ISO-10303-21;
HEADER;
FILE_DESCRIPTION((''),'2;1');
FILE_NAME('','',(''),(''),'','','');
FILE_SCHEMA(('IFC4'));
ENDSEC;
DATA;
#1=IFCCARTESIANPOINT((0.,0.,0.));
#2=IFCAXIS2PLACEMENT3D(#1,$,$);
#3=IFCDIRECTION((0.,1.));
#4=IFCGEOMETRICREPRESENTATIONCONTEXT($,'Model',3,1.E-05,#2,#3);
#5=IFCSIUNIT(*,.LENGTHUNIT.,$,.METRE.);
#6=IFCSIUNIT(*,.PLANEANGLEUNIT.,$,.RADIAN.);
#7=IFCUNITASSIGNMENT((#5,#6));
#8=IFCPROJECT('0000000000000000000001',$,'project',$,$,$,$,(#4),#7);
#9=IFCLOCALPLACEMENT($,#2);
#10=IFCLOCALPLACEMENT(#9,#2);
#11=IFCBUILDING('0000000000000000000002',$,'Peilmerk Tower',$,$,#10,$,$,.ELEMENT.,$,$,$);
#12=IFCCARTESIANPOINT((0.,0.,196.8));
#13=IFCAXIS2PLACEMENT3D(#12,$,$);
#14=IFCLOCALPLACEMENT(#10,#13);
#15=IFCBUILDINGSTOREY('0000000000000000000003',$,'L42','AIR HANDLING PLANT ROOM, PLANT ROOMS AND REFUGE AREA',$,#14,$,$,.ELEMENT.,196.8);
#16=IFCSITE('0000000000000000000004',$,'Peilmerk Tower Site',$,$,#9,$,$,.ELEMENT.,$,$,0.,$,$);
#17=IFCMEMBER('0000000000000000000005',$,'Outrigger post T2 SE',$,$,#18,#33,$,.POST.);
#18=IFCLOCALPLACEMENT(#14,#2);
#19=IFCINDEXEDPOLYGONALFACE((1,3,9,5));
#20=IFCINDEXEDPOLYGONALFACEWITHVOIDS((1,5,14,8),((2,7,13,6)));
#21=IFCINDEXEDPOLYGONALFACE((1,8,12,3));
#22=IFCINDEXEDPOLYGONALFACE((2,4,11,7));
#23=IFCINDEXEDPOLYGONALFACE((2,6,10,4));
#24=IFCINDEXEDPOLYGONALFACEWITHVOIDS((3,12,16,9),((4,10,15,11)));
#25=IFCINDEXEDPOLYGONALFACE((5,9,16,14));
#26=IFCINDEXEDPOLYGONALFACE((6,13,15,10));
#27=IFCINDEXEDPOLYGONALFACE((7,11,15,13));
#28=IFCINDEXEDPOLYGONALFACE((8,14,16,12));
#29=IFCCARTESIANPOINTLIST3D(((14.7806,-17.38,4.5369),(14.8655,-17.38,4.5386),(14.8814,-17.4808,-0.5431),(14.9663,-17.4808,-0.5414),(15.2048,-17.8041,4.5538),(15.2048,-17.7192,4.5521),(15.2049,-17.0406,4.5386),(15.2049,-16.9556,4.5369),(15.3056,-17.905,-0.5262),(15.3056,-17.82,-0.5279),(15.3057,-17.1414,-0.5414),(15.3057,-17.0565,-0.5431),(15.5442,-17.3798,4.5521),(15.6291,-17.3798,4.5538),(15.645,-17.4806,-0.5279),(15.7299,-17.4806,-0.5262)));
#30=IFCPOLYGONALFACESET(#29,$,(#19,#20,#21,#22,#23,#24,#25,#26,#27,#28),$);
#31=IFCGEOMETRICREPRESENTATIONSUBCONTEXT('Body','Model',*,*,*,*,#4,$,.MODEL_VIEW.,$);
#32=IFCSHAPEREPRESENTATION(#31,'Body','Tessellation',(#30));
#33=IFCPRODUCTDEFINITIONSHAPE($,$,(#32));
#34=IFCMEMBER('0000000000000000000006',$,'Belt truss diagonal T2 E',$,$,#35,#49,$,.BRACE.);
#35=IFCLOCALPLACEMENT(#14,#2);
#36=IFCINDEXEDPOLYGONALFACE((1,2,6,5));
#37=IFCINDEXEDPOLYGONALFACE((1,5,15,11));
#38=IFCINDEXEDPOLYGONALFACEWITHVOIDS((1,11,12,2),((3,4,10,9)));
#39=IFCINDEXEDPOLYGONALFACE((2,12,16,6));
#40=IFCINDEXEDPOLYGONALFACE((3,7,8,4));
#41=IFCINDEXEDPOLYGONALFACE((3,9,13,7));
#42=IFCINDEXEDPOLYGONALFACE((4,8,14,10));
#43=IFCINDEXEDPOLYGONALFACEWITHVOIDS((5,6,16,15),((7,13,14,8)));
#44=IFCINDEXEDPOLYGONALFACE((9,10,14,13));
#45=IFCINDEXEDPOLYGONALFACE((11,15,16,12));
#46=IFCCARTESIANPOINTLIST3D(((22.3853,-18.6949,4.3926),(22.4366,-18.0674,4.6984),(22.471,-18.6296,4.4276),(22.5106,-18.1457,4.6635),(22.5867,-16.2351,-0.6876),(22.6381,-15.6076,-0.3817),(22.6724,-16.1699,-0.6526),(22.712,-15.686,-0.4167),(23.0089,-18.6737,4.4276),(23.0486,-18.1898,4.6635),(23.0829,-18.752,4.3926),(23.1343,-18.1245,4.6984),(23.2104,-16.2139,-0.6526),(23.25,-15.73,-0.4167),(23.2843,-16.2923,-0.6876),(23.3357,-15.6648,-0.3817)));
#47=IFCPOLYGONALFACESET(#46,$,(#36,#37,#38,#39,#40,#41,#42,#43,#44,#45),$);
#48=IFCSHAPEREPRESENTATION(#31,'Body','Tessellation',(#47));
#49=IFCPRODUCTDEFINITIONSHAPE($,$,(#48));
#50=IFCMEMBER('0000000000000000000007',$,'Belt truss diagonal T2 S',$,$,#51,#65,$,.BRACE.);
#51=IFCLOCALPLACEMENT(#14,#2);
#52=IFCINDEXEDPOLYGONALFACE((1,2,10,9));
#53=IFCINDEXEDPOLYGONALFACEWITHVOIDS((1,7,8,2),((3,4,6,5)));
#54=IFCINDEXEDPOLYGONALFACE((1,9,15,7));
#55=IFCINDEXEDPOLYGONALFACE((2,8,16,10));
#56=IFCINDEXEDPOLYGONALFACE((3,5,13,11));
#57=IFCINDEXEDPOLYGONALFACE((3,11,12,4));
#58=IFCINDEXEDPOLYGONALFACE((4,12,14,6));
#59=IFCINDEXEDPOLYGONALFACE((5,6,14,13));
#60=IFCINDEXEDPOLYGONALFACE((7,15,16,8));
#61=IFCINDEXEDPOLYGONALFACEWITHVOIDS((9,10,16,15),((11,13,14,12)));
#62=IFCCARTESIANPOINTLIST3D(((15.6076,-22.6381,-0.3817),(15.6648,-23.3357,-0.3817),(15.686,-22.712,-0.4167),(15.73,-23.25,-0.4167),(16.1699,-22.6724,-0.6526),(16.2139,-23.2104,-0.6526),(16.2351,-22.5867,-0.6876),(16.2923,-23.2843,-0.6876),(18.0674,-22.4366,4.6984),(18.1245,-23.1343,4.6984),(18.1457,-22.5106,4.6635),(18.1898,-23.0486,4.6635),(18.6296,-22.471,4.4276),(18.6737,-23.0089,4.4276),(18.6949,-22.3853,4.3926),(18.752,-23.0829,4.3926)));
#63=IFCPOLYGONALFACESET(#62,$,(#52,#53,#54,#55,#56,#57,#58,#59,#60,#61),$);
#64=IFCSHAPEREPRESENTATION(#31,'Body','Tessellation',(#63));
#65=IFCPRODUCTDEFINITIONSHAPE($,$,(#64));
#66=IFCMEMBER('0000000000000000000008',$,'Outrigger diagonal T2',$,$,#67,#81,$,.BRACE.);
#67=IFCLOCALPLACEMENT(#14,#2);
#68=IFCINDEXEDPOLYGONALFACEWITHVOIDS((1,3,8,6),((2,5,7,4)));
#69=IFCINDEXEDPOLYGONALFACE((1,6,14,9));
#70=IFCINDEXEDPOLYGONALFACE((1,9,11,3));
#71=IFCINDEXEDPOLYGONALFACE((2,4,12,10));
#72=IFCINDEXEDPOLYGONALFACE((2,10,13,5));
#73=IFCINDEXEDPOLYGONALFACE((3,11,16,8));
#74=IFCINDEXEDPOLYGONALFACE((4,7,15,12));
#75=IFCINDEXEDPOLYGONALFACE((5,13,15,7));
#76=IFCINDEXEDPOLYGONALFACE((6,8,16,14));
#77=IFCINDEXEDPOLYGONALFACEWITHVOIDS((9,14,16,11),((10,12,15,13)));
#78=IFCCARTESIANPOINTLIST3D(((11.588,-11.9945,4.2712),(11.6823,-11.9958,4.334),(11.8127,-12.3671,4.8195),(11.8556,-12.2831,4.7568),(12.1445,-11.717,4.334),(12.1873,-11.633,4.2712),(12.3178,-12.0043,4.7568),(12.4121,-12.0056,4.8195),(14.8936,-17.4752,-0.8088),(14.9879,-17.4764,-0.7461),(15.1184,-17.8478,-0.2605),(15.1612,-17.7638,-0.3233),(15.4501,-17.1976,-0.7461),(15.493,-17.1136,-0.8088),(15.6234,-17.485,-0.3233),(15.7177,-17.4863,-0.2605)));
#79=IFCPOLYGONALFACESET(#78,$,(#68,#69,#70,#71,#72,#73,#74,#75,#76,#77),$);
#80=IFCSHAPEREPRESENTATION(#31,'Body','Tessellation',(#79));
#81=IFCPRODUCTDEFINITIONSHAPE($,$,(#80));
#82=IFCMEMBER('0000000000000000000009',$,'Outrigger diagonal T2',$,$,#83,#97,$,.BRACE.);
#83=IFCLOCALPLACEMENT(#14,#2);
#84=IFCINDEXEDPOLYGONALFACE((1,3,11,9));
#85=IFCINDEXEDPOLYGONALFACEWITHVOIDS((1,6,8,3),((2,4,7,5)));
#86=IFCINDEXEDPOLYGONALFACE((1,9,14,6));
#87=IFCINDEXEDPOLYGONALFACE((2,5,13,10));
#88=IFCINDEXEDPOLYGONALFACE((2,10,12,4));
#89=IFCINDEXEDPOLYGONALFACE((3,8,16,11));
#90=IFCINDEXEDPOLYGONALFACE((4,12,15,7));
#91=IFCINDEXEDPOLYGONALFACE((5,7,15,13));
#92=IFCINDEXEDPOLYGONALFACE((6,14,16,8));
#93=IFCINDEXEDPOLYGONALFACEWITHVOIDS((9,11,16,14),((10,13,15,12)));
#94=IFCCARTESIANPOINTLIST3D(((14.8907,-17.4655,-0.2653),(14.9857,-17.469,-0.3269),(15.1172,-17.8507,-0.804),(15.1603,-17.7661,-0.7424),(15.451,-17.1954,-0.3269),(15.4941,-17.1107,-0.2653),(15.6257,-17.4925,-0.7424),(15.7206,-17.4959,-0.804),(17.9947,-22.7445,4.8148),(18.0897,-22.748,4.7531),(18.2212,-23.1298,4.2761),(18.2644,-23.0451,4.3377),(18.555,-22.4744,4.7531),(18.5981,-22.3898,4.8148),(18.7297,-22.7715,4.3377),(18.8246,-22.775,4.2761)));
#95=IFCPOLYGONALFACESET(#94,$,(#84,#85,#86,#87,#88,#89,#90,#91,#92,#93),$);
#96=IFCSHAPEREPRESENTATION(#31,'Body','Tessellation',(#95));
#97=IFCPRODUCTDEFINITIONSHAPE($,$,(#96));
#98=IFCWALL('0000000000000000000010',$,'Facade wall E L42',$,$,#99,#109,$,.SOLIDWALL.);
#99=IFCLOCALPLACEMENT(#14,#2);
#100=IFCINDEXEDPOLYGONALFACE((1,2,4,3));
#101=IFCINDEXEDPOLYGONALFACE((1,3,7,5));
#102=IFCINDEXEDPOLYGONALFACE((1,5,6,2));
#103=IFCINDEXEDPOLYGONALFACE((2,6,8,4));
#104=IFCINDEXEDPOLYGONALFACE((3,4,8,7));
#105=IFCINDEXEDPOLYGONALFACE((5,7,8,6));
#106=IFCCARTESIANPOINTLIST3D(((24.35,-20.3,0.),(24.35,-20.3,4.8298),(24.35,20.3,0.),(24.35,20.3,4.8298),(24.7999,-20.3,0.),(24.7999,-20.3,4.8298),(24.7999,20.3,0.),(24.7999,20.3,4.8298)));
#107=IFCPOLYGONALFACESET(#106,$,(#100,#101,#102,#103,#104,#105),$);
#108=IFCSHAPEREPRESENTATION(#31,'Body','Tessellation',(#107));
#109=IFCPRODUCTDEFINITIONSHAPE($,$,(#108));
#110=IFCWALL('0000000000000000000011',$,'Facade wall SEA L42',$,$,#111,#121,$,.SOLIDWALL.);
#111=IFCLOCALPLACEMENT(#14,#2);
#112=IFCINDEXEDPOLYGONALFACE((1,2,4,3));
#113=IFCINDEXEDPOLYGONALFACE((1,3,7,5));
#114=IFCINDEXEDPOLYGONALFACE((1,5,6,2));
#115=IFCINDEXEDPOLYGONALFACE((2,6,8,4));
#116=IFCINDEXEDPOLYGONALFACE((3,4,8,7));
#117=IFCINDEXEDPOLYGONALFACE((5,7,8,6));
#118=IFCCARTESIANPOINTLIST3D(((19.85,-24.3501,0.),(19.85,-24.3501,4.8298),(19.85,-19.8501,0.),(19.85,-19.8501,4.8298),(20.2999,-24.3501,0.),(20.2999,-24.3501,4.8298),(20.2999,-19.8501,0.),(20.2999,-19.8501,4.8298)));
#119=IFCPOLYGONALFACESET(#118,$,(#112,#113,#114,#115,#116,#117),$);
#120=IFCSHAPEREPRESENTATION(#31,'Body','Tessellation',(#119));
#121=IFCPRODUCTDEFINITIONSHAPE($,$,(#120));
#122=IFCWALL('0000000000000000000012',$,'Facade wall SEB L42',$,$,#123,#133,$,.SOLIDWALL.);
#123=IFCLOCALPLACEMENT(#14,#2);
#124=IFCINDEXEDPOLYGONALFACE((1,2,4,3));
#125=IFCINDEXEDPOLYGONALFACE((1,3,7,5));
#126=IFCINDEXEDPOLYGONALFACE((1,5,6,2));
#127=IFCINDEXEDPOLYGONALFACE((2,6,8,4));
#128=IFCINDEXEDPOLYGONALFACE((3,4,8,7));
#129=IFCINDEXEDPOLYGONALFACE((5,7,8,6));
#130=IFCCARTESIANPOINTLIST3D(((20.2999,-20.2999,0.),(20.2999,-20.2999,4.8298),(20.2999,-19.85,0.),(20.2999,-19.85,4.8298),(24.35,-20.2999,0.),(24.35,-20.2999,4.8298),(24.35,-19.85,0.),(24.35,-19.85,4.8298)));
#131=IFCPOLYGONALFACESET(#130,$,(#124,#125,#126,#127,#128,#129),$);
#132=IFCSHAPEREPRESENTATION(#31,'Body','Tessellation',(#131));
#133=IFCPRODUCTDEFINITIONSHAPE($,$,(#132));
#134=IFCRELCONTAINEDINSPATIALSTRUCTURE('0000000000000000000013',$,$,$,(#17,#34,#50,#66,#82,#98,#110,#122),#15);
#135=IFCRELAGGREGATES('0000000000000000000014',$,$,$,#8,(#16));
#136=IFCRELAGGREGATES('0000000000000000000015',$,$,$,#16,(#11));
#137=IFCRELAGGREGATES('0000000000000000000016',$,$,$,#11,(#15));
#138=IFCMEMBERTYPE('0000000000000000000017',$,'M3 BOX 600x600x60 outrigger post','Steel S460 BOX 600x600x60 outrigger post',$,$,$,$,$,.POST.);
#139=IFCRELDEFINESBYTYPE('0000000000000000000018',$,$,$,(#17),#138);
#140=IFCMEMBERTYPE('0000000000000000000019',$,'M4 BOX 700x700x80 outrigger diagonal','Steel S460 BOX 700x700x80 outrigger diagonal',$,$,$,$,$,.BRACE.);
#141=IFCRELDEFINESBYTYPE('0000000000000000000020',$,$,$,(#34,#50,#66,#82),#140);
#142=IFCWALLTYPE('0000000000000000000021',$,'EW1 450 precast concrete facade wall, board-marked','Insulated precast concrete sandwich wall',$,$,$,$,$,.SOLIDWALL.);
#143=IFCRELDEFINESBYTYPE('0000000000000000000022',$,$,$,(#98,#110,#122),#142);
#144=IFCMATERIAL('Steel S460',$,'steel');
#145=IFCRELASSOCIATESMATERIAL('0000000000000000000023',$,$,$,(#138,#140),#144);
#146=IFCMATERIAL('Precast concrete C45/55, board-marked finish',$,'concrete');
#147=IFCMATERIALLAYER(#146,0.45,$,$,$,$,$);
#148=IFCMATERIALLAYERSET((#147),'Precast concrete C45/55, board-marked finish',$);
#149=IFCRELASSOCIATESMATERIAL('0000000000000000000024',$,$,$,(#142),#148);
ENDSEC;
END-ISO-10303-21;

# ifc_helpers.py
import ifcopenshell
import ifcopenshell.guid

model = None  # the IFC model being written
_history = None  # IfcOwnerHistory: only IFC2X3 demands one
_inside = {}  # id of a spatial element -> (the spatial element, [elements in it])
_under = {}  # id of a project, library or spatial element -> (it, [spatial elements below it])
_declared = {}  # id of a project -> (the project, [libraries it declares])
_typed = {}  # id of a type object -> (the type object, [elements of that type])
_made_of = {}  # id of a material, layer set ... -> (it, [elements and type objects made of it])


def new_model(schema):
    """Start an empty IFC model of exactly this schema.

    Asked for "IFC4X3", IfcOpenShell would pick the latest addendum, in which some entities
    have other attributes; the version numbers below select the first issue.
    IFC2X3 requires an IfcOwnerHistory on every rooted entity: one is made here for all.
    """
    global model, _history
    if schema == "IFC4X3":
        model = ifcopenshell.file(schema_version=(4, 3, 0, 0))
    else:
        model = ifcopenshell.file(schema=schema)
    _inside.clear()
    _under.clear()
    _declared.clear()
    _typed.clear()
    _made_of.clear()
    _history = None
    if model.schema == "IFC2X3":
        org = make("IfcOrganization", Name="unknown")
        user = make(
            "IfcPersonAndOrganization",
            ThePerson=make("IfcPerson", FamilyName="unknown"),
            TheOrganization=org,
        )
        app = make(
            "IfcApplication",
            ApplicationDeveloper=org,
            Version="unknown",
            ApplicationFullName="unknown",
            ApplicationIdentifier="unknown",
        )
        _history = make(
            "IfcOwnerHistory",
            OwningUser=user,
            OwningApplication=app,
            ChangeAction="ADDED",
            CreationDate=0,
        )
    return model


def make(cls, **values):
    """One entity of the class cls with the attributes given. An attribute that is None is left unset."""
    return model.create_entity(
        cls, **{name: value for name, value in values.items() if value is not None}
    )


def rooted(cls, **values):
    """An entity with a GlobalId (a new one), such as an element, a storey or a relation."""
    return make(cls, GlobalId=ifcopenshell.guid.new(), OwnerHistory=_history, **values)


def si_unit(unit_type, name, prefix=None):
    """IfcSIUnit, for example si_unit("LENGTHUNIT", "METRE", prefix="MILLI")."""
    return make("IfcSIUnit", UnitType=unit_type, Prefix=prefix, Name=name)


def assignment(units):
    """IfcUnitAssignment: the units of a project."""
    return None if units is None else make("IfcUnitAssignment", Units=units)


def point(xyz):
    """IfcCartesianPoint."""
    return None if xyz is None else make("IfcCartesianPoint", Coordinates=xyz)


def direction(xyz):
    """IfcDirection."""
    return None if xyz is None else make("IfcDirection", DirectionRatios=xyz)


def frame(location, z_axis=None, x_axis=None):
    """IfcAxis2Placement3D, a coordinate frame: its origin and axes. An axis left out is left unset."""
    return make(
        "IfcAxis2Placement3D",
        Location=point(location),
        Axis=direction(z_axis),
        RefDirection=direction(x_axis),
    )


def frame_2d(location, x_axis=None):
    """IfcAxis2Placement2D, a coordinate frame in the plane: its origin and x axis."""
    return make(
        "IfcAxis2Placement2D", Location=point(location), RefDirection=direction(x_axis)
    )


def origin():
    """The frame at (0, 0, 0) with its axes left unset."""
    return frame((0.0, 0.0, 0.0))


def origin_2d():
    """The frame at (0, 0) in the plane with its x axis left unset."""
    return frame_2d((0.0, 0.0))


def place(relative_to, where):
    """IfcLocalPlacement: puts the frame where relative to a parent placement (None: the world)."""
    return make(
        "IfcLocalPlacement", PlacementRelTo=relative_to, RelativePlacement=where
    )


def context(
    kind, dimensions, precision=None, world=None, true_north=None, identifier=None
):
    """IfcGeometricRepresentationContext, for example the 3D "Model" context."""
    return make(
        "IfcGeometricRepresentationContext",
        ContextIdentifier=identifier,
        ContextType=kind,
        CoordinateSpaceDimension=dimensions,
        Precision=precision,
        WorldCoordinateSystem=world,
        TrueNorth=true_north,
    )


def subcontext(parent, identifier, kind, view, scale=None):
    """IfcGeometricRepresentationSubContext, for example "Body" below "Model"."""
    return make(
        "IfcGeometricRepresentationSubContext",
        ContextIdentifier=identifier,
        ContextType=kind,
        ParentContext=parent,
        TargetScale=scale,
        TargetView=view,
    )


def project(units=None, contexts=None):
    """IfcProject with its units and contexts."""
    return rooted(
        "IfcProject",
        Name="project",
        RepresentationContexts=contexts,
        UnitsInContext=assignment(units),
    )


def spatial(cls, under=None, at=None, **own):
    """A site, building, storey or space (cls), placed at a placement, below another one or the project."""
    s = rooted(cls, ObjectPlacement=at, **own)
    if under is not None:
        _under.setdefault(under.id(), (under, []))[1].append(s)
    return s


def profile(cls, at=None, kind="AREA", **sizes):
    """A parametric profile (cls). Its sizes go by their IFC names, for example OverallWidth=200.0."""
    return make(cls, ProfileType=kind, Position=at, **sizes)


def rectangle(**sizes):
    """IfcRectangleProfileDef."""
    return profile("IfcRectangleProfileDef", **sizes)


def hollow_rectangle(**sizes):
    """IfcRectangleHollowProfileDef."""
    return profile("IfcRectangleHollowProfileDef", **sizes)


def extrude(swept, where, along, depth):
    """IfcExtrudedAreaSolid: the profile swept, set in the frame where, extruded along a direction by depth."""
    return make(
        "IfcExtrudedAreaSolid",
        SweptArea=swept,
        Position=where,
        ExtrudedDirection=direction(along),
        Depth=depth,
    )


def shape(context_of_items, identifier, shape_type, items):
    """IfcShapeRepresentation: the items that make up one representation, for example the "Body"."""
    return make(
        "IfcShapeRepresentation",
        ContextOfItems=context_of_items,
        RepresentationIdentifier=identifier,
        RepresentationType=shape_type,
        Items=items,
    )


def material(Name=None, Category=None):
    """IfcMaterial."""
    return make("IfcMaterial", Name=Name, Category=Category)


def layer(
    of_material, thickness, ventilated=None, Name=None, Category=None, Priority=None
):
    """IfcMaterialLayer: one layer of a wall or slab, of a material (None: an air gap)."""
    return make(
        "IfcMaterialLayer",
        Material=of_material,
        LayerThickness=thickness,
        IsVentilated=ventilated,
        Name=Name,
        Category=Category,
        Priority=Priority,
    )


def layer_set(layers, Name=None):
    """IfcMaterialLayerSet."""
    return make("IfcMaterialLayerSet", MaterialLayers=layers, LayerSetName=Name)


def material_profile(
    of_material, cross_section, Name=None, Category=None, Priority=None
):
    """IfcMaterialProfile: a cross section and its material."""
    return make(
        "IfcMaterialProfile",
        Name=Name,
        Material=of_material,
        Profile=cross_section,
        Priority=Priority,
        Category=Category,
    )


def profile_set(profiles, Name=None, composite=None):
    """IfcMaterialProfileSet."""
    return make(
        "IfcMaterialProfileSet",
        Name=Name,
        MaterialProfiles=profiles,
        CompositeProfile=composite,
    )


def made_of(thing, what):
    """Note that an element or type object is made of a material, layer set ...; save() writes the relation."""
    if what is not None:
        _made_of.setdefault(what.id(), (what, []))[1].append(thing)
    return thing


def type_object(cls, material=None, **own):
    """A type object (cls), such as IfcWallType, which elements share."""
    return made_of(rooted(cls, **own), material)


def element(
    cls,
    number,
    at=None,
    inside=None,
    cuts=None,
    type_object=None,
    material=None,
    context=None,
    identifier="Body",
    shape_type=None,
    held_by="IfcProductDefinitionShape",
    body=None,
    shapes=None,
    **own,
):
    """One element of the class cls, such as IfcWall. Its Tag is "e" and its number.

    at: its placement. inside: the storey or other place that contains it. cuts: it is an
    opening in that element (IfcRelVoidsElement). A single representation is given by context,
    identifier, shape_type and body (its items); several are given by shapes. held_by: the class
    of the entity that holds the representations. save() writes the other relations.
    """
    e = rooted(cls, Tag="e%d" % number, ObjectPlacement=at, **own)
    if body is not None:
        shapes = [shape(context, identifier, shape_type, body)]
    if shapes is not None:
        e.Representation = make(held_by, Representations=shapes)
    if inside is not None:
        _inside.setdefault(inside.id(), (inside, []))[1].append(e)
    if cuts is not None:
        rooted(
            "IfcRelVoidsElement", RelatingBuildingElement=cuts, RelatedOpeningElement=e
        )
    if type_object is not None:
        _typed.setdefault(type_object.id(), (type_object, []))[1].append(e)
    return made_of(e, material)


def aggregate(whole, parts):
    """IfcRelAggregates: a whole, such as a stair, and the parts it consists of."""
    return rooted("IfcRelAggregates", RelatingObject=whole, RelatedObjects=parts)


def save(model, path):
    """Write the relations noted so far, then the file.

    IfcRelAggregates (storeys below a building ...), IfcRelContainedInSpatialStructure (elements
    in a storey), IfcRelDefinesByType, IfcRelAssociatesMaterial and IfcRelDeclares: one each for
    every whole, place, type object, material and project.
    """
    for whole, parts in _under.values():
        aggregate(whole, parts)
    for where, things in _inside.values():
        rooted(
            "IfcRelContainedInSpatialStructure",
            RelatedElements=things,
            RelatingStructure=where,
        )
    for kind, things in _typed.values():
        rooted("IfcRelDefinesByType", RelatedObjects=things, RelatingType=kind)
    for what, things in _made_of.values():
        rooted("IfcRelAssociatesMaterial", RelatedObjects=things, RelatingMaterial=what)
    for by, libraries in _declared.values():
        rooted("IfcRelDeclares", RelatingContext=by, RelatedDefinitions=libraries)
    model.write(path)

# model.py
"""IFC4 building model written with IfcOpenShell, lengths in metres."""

from ifc_helpers import new_model, si_unit, direction, frame, frame_2d, origin, origin_2d, place, context, subcontext, project, spatial, rectangle, hollow_rectangle, extrude, material, layer, layer_set, material_profile, profile_set, type_object, element, save


model = new_model("IFC4")

# Units and contexts
model_context = context("Model", 3, precision=1e-05, world=origin(), true_north=direction((0.0, 1.0)))
body_context = subcontext(model_context, "Body", "Model", "MODEL_VIEW")
ifc_project = project(units=[si_unit("LENGTHUNIT", "METRE"), si_unit("PLANEANGLEUNIT", "RADIAN")], contexts=[model_context])

# Site, building, storey
site_placement = place(None, origin())
site = spatial("IfcSite", under=ifc_project, at=site_placement, Name="Peilmerk Tower Site", CompositionType="ELEMENT", RefElevation=0.0)
building_placement = place(site_placement, origin())
building = spatial("IfcBuilding", under=site, at=building_placement, Name="Peilmerk Tower", CompositionType="ELEMENT")
storey_placement = place(building_placement, frame((0.0, 0.0, 196.8)))
storey = spatial("IfcBuildingStorey", under=building, at=storey_placement, Name="L42", Description="AIR HANDLING PLANT ROOM, PLANT ROOMS AND REFUGE AREA", CompositionType="ELEMENT", Elevation=196.8)

# Shared definitions
ifc_material_1 = material(Name="Steel S460", Category="steel")

# Members
ifc_material_profile_1 = material_profile(ifc_material_1, hollow_rectangle(XDim=0.6001, YDim=0.6001, WallThickness=0.0601, at=origin_2d()), Name="BOX 600x600x60")
ifc_profile_set_1 = profile_set([ifc_material_profile_1], Name="Steel S460")
member_type_1 = type_object("IfcMemberType", Name="M3 BOX 600x600x60 outrigger post", Description="Steel S460 BOX 600x600x60 outrigger post", PredefinedType="POST", material=ifc_profile_set_1)
member_1_placement = place(storey_placement, frame((15.3057, -17.4807, -0.5347), z_axis=(-0.01984, 0.01984, 0.999606), x_axis=(-0.707107, -0.707107, 0.0)))
element("IfcMember", 1, at=member_1_placement, inside=storey, type_object=member_type_1, Name="Outrigger post T2 SE", PredefinedType="POST", context=body_context, shape_type="SweptSolid", body=[
    extrude(hollow_rectangle(XDim=0.6001, YDim=0.6001, WallThickness=0.0601, at=origin_2d()), origin(), (0.0, 0.0, 1.0), 5.082),
])
ifc_material_profile_2 = material_profile(ifc_material_1, hollow_rectangle(XDim=0.7, YDim=0.7, WallThickness=0.0801, at=origin_2d()), Name="BOX 700x700x80")
ifc_profile_set_2 = profile_set([ifc_material_profile_2], Name="Steel S460")
member_type_2 = type_object("IfcMemberType", Name="M4 BOX 700x700x80 outrigger diagonal", Description="Steel S460 BOX 700x700x80 outrigger diagonal", PredefinedType="BRACE", material=ifc_profile_set_2)
for number, where, z_axis, x_axis, name in (
    (2, (22.9612, -15.95, -0.5347), (-0.035663, -0.435515, 0.899475), (0.996664, -0.081613, 0.0), "Belt truss diagonal T2 E"),
    (3, (15.95, -22.9612, -0.5347), (0.435515, 0.035663, 0.899475), (-0.081613, 0.996664, 0.0), "Belt truss diagonal T2 S"),
):
    element("IfcMember", number, at=place(storey_placement, frame(where, z_axis=z_axis, x_axis=x_axis)), inside=storey, type_object=member_type_2, Name=name, PredefinedType="BRACE", context=body_context, shape_type="SweptSolid", body=[
        extrude(hollow_rectangle(XDim=0.7, YDim=0.7, WallThickness=0.0801, at=origin_2d()), origin(), (0.0, 0.0, 1.0), 5.6479),
    ])
member_2_placement = place(storey_placement, frame((15.3057, -17.4807, -0.5347), z_axis=(-0.404538, 0.670714, 0.621685), x_axis=(-0.856303, -0.516475, 0.0)))
element("IfcMember", 4, at=member_2_placement, inside=storey, type_object=member_type_2, Name="Outrigger diagonal T2", PredefinedType="BRACE", context=body_context, shape_type="SweptSolid", body=[
    extrude(hollow_rectangle(XDim=0.7, YDim=0.7, WallThickness=0.0801, at=origin_2d()), origin(), (0.0, 0.0, 1.0), 8.1714),
])
member_3_placement = place(storey_placement, frame((15.3057, -17.4807, -0.5347), z_axis=(0.390108, -0.663466, 0.638459), x_axis=(0.862028, 0.50686, 0.0)))
element("IfcMember", 5, at=member_3_placement, inside=storey, type_object=member_type_2, Name="Outrigger diagonal T2", PredefinedType="BRACE", context=body_context, shape_type="SweptSolid", body=[
    extrude(hollow_rectangle(XDim=0.7, YDim=0.7, WallThickness=0.0801, at=origin_2d()), origin(), (0.0, 0.0, 1.0), 7.9568),
])

# Walls
ifc_material_2 = material(Name="Precast concrete C45/55, board-marked finish", Category="concrete")
ifc_layer = layer(ifc_material_2, 0.45)
ifc_layer_set = layer_set([ifc_layer], Name="Precast concrete C45/55, board-marked finish")
wall_type = type_object("IfcWallType", Name="EW1 450 precast concrete facade wall, board-marked", Description="Insulated precast concrete sandwich wall", PredefinedType="SOLIDWALL", material=ifc_layer_set)
wall_1_placement = place(storey_placement, frame((24.575, -20.3, 0.0), z_axis=(0.0, 0.0, 1.0), x_axis=(0.0, 1.0, 0.0)))
element("IfcWall", 6, at=wall_1_placement, inside=storey, type_object=wall_type, Name="Facade wall E L42", PredefinedType="SOLIDWALL", context=body_context, shape_type="SweptSolid", body=[
    extrude(rectangle(XDim=40.6001, YDim=0.45, at=frame_2d((20.3, 0.0))), origin(), (0.0, 0.0, 1.0), 4.8298),
])
wall_2_placement = place(storey_placement, frame((20.075, -19.8501, 0.0), z_axis=(0.0, 0.0, 1.0), x_axis=(0.0, -1.0, 0.0)))
element("IfcWall", 7, at=wall_2_placement, inside=storey, type_object=wall_type, Name="Facade wall SEA L42", PredefinedType="SOLIDWALL", context=body_context, shape_type="SweptSolid", body=[
    extrude(rectangle(XDim=4.5, YDim=0.45, at=frame_2d((2.25, 0.0))), origin(), (0.0, 0.0, 1.0), 4.8298),
])
wall_3_placement = place(storey_placement, frame((20.3, -20.075, 0.0), z_axis=(0.0, 0.0, 1.0), x_axis=(1.0, 0.0, 0.0)))
element("IfcWall", 8, at=wall_3_placement, inside=storey, type_object=wall_type, Name="Facade wall SEB L42", PredefinedType="SOLIDWALL", context=body_context, shape_type="SweptSolid", body=[
    extrude(rectangle(XDim=4.05, YDim=0.45, at=frame_2d((2.0249, 0.0))), origin(), (0.0, 0.0, 1.0), 4.8298),
])

save(model, "model.ifc")
